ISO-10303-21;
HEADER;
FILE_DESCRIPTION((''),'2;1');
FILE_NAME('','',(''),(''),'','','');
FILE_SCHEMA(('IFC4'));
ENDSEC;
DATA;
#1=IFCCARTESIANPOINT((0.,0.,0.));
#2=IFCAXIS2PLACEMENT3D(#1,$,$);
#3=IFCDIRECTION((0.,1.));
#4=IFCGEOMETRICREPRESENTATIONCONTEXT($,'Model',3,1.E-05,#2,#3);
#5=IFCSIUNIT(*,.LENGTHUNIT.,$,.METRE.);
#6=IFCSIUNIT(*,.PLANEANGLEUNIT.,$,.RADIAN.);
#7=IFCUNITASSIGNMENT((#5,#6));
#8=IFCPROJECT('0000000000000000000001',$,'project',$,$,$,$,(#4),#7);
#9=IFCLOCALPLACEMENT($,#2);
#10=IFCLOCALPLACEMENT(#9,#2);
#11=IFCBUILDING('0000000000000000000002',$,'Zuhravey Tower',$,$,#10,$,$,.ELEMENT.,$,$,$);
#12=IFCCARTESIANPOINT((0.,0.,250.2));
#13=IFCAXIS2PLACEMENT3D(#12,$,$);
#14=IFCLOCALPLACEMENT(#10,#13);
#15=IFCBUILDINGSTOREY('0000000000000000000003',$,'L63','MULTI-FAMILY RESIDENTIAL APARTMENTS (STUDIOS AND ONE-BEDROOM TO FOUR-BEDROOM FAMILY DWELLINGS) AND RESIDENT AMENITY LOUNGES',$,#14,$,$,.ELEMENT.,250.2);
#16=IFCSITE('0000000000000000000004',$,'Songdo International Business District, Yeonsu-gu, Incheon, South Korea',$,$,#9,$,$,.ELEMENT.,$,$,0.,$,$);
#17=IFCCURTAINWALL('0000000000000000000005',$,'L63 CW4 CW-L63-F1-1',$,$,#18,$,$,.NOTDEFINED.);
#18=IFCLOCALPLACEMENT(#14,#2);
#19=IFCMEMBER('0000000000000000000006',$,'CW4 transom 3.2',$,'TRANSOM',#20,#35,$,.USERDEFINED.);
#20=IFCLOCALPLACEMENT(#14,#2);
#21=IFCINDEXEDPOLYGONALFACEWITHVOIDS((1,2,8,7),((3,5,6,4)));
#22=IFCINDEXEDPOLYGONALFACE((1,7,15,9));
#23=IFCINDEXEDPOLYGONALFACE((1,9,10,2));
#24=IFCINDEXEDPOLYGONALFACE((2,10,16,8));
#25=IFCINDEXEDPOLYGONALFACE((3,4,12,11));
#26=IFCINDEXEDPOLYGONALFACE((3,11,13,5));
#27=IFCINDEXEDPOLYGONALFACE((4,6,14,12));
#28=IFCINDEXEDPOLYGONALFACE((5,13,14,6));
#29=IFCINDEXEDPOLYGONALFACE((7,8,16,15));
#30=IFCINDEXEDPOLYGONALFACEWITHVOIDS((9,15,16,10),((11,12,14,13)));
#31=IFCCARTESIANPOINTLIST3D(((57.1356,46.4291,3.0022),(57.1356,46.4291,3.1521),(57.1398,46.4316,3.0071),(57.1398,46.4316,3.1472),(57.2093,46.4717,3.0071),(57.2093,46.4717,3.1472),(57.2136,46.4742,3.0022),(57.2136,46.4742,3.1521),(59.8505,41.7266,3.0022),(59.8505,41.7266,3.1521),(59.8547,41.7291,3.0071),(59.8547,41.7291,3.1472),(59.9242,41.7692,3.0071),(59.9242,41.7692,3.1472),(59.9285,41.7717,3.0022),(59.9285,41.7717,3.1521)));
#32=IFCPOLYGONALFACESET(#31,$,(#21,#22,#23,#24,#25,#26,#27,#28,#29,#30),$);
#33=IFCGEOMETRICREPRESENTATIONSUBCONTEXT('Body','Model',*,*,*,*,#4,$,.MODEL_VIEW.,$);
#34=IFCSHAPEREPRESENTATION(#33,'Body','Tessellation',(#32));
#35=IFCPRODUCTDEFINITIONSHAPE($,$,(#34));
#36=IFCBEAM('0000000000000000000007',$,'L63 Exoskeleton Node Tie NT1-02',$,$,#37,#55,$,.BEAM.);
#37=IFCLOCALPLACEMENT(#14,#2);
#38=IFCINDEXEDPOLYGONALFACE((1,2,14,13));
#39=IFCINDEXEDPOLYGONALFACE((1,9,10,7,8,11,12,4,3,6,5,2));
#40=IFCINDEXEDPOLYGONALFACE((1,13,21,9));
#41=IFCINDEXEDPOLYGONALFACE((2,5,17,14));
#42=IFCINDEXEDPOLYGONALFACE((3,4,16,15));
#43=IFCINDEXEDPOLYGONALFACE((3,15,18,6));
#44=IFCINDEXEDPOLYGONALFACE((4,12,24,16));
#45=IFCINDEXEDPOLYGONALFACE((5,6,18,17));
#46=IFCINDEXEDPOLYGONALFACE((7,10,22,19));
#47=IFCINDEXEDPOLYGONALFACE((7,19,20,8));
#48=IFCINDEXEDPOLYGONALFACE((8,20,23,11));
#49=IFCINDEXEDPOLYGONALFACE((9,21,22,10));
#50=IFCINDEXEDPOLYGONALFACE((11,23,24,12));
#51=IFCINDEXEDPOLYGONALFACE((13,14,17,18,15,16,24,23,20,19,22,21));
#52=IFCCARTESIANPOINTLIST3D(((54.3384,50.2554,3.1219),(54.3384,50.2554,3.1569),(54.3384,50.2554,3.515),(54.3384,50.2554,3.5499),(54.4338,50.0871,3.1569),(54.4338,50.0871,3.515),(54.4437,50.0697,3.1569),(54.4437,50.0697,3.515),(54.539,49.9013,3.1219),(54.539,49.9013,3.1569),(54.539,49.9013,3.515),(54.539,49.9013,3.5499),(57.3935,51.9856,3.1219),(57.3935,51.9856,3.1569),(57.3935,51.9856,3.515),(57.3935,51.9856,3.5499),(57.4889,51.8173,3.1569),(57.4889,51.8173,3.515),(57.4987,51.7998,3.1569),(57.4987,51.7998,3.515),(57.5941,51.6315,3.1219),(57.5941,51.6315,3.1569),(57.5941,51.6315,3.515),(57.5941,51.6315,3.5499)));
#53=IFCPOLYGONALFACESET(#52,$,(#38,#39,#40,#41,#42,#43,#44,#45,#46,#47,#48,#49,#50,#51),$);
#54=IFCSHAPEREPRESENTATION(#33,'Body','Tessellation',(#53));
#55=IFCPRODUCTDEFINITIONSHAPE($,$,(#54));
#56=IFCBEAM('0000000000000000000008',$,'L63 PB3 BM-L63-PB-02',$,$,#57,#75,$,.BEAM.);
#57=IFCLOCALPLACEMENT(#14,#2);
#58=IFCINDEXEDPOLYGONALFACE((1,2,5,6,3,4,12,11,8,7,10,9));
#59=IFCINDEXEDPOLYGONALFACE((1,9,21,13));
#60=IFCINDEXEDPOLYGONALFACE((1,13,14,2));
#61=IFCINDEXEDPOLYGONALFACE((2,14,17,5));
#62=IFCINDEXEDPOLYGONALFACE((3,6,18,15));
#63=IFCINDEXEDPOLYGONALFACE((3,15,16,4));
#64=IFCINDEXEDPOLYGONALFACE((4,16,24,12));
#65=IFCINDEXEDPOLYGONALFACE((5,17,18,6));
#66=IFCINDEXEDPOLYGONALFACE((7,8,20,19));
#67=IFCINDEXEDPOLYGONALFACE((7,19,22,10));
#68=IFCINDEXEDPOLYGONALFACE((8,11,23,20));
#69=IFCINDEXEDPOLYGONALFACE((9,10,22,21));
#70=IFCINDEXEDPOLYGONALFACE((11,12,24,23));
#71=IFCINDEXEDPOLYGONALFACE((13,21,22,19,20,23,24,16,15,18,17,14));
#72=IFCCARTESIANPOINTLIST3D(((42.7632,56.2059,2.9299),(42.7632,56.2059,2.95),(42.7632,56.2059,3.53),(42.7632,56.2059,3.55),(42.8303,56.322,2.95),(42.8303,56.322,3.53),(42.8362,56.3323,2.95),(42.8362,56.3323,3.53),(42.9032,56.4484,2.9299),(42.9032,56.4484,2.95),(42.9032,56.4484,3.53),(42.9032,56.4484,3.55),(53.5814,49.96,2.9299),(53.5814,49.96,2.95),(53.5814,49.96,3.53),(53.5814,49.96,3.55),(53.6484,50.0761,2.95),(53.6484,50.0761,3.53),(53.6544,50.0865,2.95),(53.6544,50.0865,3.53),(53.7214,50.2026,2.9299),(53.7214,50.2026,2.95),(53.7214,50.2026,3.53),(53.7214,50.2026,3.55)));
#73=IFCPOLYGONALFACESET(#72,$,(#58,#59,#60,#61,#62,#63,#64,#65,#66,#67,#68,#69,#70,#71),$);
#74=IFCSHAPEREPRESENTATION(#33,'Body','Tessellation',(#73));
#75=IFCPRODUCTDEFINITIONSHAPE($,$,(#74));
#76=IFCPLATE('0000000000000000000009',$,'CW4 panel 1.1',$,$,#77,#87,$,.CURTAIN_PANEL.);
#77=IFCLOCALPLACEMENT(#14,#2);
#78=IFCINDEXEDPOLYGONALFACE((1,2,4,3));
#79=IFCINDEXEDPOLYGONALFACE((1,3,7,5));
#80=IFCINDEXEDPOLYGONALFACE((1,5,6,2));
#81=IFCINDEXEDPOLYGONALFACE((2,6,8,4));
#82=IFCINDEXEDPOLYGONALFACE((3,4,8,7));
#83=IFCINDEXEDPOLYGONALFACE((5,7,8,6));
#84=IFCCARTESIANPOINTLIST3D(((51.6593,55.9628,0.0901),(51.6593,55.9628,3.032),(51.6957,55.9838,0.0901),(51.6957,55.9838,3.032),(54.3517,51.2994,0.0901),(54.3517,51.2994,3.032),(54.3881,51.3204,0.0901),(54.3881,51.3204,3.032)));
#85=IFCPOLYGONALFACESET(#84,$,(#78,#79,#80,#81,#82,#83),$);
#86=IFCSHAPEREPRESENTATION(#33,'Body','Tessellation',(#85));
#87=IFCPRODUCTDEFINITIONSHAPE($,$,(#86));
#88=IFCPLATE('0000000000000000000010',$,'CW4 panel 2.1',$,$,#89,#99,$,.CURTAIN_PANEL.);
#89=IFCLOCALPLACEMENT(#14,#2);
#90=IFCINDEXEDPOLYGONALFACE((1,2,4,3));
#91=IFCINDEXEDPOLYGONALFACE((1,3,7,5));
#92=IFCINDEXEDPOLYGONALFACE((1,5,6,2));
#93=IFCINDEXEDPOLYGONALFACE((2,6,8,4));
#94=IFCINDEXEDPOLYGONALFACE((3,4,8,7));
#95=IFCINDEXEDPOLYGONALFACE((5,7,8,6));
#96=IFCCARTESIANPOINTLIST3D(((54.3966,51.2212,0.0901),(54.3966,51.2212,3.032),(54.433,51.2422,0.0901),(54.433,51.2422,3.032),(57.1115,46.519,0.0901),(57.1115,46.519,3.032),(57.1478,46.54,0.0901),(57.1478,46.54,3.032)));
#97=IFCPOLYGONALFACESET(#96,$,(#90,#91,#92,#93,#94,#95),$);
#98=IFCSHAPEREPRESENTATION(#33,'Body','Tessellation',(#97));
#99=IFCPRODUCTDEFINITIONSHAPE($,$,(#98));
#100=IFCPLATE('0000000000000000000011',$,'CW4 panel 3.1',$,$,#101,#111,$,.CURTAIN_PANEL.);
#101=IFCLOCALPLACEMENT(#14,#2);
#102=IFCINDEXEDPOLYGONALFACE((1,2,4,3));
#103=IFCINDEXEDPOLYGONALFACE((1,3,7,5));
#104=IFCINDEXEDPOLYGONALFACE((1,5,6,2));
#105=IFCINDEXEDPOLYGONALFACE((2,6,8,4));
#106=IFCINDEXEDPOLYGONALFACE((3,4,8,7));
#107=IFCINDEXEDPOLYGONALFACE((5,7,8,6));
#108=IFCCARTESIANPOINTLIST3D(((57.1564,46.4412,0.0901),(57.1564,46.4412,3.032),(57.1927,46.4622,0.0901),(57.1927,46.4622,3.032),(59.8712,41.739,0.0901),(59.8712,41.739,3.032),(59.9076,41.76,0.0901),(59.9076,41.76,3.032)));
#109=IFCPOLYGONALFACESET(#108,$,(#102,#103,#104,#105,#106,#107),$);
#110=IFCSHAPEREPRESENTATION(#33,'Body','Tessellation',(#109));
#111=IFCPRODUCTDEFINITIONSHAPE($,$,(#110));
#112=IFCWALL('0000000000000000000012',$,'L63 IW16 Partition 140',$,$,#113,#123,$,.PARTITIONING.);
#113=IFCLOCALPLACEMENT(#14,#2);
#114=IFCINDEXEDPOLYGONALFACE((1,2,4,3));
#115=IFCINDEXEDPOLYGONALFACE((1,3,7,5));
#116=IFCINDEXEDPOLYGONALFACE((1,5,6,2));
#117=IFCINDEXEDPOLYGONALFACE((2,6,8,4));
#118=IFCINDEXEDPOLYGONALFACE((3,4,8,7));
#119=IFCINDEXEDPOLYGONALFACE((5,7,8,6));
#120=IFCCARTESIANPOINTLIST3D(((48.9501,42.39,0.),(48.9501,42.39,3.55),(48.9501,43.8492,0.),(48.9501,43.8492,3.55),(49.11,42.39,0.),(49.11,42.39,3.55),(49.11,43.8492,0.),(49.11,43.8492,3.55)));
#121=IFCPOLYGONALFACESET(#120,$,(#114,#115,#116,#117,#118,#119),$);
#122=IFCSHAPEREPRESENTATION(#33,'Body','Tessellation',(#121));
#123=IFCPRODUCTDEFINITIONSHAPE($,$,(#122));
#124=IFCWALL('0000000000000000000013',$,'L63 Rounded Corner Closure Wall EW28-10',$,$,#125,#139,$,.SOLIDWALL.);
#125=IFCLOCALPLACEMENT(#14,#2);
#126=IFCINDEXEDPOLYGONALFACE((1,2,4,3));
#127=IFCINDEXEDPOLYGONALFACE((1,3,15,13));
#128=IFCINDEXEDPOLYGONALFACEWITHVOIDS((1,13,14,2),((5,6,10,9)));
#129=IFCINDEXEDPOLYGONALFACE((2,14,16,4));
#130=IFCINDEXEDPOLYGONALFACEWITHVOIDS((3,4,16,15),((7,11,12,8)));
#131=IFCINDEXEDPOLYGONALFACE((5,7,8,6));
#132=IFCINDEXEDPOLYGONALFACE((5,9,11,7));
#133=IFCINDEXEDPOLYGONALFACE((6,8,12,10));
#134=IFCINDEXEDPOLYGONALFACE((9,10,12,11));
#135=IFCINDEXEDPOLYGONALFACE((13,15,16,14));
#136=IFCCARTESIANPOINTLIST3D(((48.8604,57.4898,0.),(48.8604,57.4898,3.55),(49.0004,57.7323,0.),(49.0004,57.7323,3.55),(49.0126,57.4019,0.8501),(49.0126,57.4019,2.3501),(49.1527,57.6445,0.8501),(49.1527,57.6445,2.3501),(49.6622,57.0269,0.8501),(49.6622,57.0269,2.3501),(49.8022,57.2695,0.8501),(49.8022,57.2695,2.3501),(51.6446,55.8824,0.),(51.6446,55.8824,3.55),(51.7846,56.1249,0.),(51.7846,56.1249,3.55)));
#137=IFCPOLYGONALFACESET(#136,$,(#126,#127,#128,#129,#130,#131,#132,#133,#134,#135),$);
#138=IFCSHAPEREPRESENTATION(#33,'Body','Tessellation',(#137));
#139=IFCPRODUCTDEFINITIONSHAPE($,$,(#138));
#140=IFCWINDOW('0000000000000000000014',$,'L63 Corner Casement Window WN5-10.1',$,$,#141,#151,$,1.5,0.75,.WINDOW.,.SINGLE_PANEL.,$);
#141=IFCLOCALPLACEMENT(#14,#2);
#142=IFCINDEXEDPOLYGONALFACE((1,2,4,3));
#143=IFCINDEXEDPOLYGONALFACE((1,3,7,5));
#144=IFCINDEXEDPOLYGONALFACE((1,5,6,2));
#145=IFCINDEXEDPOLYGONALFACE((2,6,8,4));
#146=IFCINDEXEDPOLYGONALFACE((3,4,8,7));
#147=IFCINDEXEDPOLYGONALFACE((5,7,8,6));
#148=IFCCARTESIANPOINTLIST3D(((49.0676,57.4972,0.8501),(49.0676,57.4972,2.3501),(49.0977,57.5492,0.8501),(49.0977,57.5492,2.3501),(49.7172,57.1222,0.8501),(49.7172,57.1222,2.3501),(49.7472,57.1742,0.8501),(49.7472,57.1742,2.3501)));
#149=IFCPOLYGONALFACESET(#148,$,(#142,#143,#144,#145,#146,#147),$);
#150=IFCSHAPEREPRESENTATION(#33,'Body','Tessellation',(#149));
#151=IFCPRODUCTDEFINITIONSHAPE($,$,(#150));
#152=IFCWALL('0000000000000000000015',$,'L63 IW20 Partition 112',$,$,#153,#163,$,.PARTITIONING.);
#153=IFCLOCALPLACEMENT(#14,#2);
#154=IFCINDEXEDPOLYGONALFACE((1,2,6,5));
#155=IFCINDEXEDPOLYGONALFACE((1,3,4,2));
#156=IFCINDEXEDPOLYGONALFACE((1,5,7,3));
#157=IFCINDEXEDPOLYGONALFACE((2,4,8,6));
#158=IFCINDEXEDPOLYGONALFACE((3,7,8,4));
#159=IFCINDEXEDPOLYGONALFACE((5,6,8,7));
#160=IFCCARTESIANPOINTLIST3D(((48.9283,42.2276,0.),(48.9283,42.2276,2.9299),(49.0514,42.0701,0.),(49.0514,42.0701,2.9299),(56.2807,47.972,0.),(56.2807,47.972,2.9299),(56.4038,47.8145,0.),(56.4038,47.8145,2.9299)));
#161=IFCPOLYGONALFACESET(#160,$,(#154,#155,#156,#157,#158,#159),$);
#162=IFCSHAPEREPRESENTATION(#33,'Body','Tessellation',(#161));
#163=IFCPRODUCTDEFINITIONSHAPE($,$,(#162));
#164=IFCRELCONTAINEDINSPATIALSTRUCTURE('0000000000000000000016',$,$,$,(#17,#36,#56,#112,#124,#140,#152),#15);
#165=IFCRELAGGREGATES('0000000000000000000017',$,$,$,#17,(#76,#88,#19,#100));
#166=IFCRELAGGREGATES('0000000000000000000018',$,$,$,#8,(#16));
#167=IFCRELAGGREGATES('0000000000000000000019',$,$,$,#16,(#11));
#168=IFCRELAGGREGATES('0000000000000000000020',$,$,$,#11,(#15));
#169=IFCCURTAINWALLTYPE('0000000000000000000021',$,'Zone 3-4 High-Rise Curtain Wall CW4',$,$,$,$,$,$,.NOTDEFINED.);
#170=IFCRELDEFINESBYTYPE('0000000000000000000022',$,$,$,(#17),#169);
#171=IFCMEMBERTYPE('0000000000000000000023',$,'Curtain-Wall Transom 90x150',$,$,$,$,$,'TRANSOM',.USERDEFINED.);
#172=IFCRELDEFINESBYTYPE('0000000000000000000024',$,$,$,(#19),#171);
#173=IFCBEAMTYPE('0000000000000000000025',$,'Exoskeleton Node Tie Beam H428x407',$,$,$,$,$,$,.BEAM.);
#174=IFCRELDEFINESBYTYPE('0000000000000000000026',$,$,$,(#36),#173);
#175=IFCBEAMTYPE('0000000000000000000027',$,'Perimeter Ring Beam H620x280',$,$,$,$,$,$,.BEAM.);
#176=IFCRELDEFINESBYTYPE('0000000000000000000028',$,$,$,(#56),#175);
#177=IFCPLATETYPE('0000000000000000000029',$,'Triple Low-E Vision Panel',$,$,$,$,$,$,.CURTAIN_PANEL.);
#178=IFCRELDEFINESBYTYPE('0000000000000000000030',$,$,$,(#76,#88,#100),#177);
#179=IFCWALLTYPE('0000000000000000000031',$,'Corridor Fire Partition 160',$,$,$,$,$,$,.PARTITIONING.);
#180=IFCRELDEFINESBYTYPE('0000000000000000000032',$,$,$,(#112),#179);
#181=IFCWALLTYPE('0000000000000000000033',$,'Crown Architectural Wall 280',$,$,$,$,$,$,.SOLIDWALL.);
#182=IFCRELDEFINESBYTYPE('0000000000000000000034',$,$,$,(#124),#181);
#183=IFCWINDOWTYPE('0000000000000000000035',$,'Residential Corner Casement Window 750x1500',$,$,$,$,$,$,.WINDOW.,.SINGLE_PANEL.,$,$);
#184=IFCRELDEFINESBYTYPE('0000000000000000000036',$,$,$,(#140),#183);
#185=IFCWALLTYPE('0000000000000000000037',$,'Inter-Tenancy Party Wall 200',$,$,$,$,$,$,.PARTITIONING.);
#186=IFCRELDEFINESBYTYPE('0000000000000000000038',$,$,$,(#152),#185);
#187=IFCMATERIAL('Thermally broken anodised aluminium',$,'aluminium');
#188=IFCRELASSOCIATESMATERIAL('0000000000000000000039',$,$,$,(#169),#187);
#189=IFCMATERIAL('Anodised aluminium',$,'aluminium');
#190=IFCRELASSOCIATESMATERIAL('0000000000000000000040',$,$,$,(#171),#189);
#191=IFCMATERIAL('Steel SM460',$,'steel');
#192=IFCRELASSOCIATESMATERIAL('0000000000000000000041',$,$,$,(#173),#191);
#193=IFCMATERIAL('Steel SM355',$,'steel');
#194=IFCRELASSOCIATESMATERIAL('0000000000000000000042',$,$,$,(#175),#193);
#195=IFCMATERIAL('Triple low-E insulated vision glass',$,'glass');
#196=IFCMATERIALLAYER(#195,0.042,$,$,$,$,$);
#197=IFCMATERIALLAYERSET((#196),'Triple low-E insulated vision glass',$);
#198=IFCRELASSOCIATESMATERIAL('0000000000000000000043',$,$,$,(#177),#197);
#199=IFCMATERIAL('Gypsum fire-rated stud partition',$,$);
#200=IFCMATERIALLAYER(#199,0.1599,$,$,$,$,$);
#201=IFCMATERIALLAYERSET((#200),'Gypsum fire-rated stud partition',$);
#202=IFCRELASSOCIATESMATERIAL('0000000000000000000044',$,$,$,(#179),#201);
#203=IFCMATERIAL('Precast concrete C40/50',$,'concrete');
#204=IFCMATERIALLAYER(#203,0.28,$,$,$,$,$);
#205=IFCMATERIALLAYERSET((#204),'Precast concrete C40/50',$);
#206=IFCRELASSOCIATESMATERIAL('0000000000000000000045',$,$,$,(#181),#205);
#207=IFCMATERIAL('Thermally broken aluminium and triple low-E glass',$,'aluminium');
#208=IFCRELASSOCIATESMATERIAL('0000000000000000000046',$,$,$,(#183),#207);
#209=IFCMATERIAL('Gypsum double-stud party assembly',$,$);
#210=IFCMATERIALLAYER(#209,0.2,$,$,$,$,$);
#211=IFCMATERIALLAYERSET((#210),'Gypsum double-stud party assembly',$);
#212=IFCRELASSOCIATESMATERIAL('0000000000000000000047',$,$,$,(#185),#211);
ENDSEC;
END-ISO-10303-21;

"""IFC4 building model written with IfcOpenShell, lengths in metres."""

from ifc_helpers import new_model, si_unit, direction, frame, frame_2d, origin, origin_2d, place, context, subcontext, project, spatial, rectangle, hollow_rectangle, i_section, extrude, material, layer, layer_set, material_profile, profile_set, type_object, element, fill, aggregate, save


model = new_model("IFC4")

# Units and contexts
model_context = context("Model", 3, precision=1e-05, world=origin(), true_north=direction((0.0, 1.0)))
body_context = subcontext(model_context, "Body", "Model", "MODEL_VIEW")
ifc_project = project(units=[si_unit("LENGTHUNIT", "METRE"), si_unit("PLANEANGLEUNIT", "RADIAN")], contexts=[model_context])

# Site, building, storey
site_placement = place(None, origin())
site = spatial("IfcSite", under=ifc_project, at=site_placement, Name="Songdo International Business District, Yeonsu-gu, Incheon, South Korea", CompositionType="ELEMENT", RefElevation=0.0)
building_placement = place(site_placement, origin())
building = spatial("IfcBuilding", under=site, at=building_placement, Name="Zuhravey Tower", CompositionType="ELEMENT")
storey_placement = place(building_placement, frame((0.0, 0.0, 250.2)))
storey = spatial("IfcBuildingStorey", under=building, at=storey_placement, Name="L63", Description="MULTI-FAMILY RESIDENTIAL APARTMENTS (STUDIOS AND ONE-BEDROOM TO FOUR-BEDROOM FAMILY DWELLINGS) AND RESIDENT AMENITY LOUNGES", CompositionType="ELEMENT", Elevation=250.2)

# Shared definitions
ifc_material_1 = material(Name="Thermally broken anodised aluminium", Category="aluminium")
curtain_wall_type = type_object("IfcCurtainWallType", Name="Zone 3-4 High-Rise Curtain Wall CW4", PredefinedType="NOTDEFINED", material=ifc_material_1)
ifc_material_2 = material(Name="Anodised aluminium", Category="aluminium")

# Curtain wall, member
curtain_wall_1_placement = place(storey_placement, origin())
curtain_wall_1 = element("IfcCurtainWall", 1, at=curtain_wall_1_placement, inside=storey, type_object=curtain_wall_type, Name="L63 CW4 CW-L63-F1-1", PredefinedType="NOTDEFINED")
ifc_material_profile_1 = material_profile(ifc_material_2, hollow_rectangle(XDim=0.0901, YDim=0.1499, WallThickness=0.0049, at=origin_2d()), Name="ALU-RHS-90x150x5")
ifc_profile_set_1 = profile_set([ifc_material_profile_1], Name="Anodised aluminium")
member_type_1 = type_object("IfcMemberType", Name="Curtain-Wall Transom 90x150", ElementType="TRANSOM", PredefinedType="USERDEFINED", material=ifc_profile_set_1)
member_1_placement = place(storey_placement, frame((57.1746, 46.4517, 3.0771), z_axis=(0.499988, -0.866032, 0.0), x_axis=(0.866032, 0.499988, 0.0)))
member_1 = element("IfcMember", 2, at=member_1_placement, type_object=member_type_1, Name="CW4 transom 3.2", ObjectType="TRANSOM", PredefinedType="USERDEFINED", context=body_context, shape_type="SweptSolid", body=[
    extrude(hollow_rectangle(XDim=0.0901, YDim=0.1499, WallThickness=0.0049, at=origin_2d()), origin(), (0.0, 0.0, 1.0), 5.4299),
])

# Beams
ifc_material_3 = material(Name="Steel SM460", Category="steel")
ifc_material_profile_2 = material_profile(ifc_material_3, i_section(OverallWidth=0.407, OverallDepth=0.428, WebThickness=0.02, FlangeThickness=0.0349, at=origin_2d()), Name="H-428x407x20x35")
ifc_profile_set_2 = profile_set([ifc_material_profile_2], Name="Steel SM460")
beam_type_1 = type_object("IfcBeamType", Name="Exoskeleton Node Tie Beam H428x407", PredefinedType="BEAM", material=ifc_profile_set_2)
beam_1_placement = place(storey_placement, frame((54.4387, 50.0784, 3.3359), z_axis=(0.870149, 0.492788, 0.0), x_axis=(-0.492788, 0.870149, 0.0)))
element("IfcBeam", 3, at=beam_1_placement, inside=storey, type_object=beam_type_1, Name="L63 Exoskeleton Node Tie NT1-02", PredefinedType="BEAM", context=body_context, shape_type="SweptSolid", body=[
    extrude(i_section(OverallWidth=0.407, OverallDepth=0.428, WebThickness=0.02, FlangeThickness=0.0349, at=origin_2d()), origin(), (0.0, 0.0, 1.0), 3.511),
])
ifc_material_4 = material(Name="Steel SM355", Category="steel")
ifc_material_profile_3 = material_profile(ifc_material_4, i_section(OverallWidth=0.28, OverallDepth=0.6201, WebThickness=0.012, FlangeThickness=0.02, at=origin_2d()), Name="H-620x280x12x20")
ifc_profile_set_3 = profile_set([ifc_material_profile_3], Name="Steel SM355")
beam_type_2 = type_object("IfcBeamType", Name="Perimeter Ring Beam H620x280", PredefinedType="BEAM", material=ifc_profile_set_3)
beam_2_placement = place(storey_placement, frame((53.6514, 50.0813, 3.24), z_axis=(-0.866025, 0.5, 0.0), x_axis=(-0.5, -0.866025, 0.0)))
element("IfcBeam", 4, at=beam_2_placement, inside=storey, type_object=beam_type_2, Name="L63 PB3 BM-L63-PB-02", PredefinedType="BEAM", context=body_context, shape_type="SweptSolid", body=[
    extrude(i_section(OverallWidth=0.28, OverallDepth=0.6201, WebThickness=0.012, FlangeThickness=0.02, at=origin_2d()), origin(), (0.0, 0.0, 1.0), 12.4917),
])

# Plates
ifc_material_5 = material(Name="Triple low-E insulated vision glass", Category="glass")
ifc_layer_1 = layer(ifc_material_5, 0.042)
ifc_layer_set_1 = layer_set([ifc_layer_1], Name="Triple low-E insulated vision glass")
plate_type = type_object("IfcPlateType", Name="Triple Low-E Vision Panel", PredefinedType="CURTAIN_PANEL", material=ifc_layer_set_1)
plate_1_placement = place(storey_placement, frame((53.0237, 53.6416, 0.0901), z_axis=(0.0, 0.0, 1.0), x_axis=(0.5, -0.866026, 0.0)))
plate_1 = element("IfcPlate", 5, at=plate_1_placement, type_object=plate_type, Name="CW4 panel 1.1", PredefinedType="CURTAIN_PANEL", context=body_context, shape_type="SweptSolid", body=[
    extrude(rectangle(XDim=5.3848, YDim=0.042, at=origin_2d()), origin(), (0.0, 0.0, 1.0), 2.9419),
])
plate_2_placement = place(storey_placement, frame((55.7722, 48.8806, 0.0901), z_axis=(0.0, 0.0, 1.0), x_axis=(0.5, -0.866026, 0.0)))
plate_2 = element("IfcPlate", 6, at=plate_2_placement, type_object=plate_type, Name="CW4 panel 2.1", PredefinedType="CURTAIN_PANEL", context=body_context, shape_type="SweptSolid", body=[
    extrude(rectangle(XDim=5.4297, YDim=0.042, at=origin_2d()), origin(), (0.0, 0.0, 1.0), 2.9419),
])
plate_3_placement = place(storey_placement, frame((58.532, 44.1006, 0.0901), z_axis=(0.0, 0.0, 1.0), x_axis=(0.5, -0.866026, 0.0)))
plate_3 = element("IfcPlate", 7, at=plate_3_placement, type_object=plate_type, Name="CW4 panel 3.1", PredefinedType="CURTAIN_PANEL", context=body_context, shape_type="SweptSolid", body=[
    extrude(rectangle(XDim=5.4297, YDim=0.042, at=origin_2d()), origin(), (0.0, 0.0, 1.0), 2.9419),
])
aggregate(curtain_wall_1, [plate_1, plate_2, member_1, plate_3])

# Shared definitions
ifc_material_6 = material(Name="Gypsum fire-rated stud partition")
ifc_layer_2 = layer(ifc_material_6, 0.1599)
ifc_layer_set_2 = layer_set([ifc_layer_2], Name="Gypsum fire-rated stud partition")
wall_type_1 = type_object("IfcWallType", Name="Corridor Fire Partition 160", PredefinedType="PARTITIONING", material=ifc_layer_set_2)

# Wall
wall_1_placement = place(storey_placement, frame((49.03, 42.3901, 0.0), z_axis=(0.0, 0.0, 1.0), x_axis=(0.0, 1.0, 0.0)))
element("IfcWall", 8, at=wall_1_placement, inside=storey, type_object=wall_type_1, Name="L63 IW16 Partition 140", PredefinedType="PARTITIONING", context=body_context, shape_type="SweptSolid", body=[
    extrude(rectangle(XDim=1.4592, YDim=0.1599, at=frame_2d((0.7295, 0.0))), origin(), (0.0, 0.0, 1.0), 3.55),
])

# Wall, opening, window
ifc_material_7 = material(Name="Precast concrete C40/50", Category="concrete")
ifc_layer_3 = layer(ifc_material_7, 0.28)
ifc_layer_set_3 = layer_set([ifc_layer_3], Name="Precast concrete C40/50")
wall_type_2 = type_object("IfcWallType", Name="Crown Architectural Wall 280", PredefinedType="SOLIDWALL", material=ifc_layer_set_3)
wall_2_placement = place(storey_placement, frame((48.9304, 57.6111, 0.0), z_axis=(0.0, 0.0, 1.0), x_axis=(0.866029, -0.499994, 0.0)))
wall_2 = element("IfcWall", 9, at=wall_2_placement, inside=storey, type_object=wall_type_2, Name="L63 Rounded Corner Closure Wall EW28-10", PredefinedType="SOLIDWALL", context=body_context, shape_type="SweptSolid", body=[
    extrude(rectangle(XDim=3.2148, YDim=0.28, at=frame_2d((1.6074, 0.0))), origin(), (0.0, 0.0, 1.0), 3.55),
])
opening_1_placement = place(wall_2_placement, frame((0.1758, 0.0, 0.8501)))
opening_1 = element("IfcOpeningElement", 10, at=opening_1_placement, cuts=wall_2, PredefinedType="OPENING", context=body_context, shape_type="SweptSolid", body=[
    extrude(rectangle(XDim=0.75, YDim=1.5, at=frame_2d((0.375, 0.75))), frame((0.0, 0.1521, 0.0), z_axis=(0.0, -1.0, 0.0), x_axis=(1.0, 0.0, 0.0)), (0.0, 0.0, 1.0), 0.304),
])
ifc_material_8 = material(Name="Thermally broken aluminium and triple low-E glass", Category="aluminium")
window_type = type_object("IfcWindowType", Name="Residential Corner Casement Window 750x1500", PartitioningType="SINGLE_PANEL", PredefinedType="WINDOW", material=ifc_material_8)
window_placement = place(opening_1_placement, origin())
window = element("IfcWindow", 11, at=window_placement, inside=storey, type_object=window_type, Name="L63 Corner Casement Window WN5-10.1", OverallHeight=1.5, OverallWidth=0.75, PartitioningType="SINGLE_PANEL", PredefinedType="WINDOW", context=body_context, shape_type="SweptSolid", body=[
    extrude(rectangle(XDim=0.75, YDim=1.5, at=frame_2d((0.375, 0.75))), frame((0.0, 0.03, 0.0), z_axis=(0.0, -1.0, 0.0), x_axis=(1.0, 0.0, 0.0)), (0.0, 0.0, 1.0), 0.0601),
])
fill(opening_1, window)

# Wall
ifc_material_9 = material(Name="Gypsum double-stud party assembly")
ifc_layer_4 = layer(ifc_material_9, 0.2)
ifc_layer_set_4 = layer_set([ifc_layer_4], Name="Gypsum double-stud party assembly")
wall_type_3 = type_object("IfcWallType", Name="Inter-Tenancy Party Wall 200", PredefinedType="PARTITIONING", material=ifc_layer_set_4)
wall_3_placement = place(storey_placement, frame((48.99, 42.1489, 0.0), z_axis=(0.0, 0.0, 1.0), x_axis=(0.788003, 0.615671, 0.0)))
element("IfcWall", 12, at=wall_3_placement, inside=storey, type_object=wall_type_3, Name="L63 IW20 Partition 112", PredefinedType="PARTITIONING", context=body_context, shape_type="SweptSolid", body=[
    extrude(rectangle(XDim=9.3303, YDim=0.2, at=frame_2d((4.665, 0.0))), origin(), (0.0, 0.0, 1.0), 2.9299),
])

save(model, "model.ifc")
